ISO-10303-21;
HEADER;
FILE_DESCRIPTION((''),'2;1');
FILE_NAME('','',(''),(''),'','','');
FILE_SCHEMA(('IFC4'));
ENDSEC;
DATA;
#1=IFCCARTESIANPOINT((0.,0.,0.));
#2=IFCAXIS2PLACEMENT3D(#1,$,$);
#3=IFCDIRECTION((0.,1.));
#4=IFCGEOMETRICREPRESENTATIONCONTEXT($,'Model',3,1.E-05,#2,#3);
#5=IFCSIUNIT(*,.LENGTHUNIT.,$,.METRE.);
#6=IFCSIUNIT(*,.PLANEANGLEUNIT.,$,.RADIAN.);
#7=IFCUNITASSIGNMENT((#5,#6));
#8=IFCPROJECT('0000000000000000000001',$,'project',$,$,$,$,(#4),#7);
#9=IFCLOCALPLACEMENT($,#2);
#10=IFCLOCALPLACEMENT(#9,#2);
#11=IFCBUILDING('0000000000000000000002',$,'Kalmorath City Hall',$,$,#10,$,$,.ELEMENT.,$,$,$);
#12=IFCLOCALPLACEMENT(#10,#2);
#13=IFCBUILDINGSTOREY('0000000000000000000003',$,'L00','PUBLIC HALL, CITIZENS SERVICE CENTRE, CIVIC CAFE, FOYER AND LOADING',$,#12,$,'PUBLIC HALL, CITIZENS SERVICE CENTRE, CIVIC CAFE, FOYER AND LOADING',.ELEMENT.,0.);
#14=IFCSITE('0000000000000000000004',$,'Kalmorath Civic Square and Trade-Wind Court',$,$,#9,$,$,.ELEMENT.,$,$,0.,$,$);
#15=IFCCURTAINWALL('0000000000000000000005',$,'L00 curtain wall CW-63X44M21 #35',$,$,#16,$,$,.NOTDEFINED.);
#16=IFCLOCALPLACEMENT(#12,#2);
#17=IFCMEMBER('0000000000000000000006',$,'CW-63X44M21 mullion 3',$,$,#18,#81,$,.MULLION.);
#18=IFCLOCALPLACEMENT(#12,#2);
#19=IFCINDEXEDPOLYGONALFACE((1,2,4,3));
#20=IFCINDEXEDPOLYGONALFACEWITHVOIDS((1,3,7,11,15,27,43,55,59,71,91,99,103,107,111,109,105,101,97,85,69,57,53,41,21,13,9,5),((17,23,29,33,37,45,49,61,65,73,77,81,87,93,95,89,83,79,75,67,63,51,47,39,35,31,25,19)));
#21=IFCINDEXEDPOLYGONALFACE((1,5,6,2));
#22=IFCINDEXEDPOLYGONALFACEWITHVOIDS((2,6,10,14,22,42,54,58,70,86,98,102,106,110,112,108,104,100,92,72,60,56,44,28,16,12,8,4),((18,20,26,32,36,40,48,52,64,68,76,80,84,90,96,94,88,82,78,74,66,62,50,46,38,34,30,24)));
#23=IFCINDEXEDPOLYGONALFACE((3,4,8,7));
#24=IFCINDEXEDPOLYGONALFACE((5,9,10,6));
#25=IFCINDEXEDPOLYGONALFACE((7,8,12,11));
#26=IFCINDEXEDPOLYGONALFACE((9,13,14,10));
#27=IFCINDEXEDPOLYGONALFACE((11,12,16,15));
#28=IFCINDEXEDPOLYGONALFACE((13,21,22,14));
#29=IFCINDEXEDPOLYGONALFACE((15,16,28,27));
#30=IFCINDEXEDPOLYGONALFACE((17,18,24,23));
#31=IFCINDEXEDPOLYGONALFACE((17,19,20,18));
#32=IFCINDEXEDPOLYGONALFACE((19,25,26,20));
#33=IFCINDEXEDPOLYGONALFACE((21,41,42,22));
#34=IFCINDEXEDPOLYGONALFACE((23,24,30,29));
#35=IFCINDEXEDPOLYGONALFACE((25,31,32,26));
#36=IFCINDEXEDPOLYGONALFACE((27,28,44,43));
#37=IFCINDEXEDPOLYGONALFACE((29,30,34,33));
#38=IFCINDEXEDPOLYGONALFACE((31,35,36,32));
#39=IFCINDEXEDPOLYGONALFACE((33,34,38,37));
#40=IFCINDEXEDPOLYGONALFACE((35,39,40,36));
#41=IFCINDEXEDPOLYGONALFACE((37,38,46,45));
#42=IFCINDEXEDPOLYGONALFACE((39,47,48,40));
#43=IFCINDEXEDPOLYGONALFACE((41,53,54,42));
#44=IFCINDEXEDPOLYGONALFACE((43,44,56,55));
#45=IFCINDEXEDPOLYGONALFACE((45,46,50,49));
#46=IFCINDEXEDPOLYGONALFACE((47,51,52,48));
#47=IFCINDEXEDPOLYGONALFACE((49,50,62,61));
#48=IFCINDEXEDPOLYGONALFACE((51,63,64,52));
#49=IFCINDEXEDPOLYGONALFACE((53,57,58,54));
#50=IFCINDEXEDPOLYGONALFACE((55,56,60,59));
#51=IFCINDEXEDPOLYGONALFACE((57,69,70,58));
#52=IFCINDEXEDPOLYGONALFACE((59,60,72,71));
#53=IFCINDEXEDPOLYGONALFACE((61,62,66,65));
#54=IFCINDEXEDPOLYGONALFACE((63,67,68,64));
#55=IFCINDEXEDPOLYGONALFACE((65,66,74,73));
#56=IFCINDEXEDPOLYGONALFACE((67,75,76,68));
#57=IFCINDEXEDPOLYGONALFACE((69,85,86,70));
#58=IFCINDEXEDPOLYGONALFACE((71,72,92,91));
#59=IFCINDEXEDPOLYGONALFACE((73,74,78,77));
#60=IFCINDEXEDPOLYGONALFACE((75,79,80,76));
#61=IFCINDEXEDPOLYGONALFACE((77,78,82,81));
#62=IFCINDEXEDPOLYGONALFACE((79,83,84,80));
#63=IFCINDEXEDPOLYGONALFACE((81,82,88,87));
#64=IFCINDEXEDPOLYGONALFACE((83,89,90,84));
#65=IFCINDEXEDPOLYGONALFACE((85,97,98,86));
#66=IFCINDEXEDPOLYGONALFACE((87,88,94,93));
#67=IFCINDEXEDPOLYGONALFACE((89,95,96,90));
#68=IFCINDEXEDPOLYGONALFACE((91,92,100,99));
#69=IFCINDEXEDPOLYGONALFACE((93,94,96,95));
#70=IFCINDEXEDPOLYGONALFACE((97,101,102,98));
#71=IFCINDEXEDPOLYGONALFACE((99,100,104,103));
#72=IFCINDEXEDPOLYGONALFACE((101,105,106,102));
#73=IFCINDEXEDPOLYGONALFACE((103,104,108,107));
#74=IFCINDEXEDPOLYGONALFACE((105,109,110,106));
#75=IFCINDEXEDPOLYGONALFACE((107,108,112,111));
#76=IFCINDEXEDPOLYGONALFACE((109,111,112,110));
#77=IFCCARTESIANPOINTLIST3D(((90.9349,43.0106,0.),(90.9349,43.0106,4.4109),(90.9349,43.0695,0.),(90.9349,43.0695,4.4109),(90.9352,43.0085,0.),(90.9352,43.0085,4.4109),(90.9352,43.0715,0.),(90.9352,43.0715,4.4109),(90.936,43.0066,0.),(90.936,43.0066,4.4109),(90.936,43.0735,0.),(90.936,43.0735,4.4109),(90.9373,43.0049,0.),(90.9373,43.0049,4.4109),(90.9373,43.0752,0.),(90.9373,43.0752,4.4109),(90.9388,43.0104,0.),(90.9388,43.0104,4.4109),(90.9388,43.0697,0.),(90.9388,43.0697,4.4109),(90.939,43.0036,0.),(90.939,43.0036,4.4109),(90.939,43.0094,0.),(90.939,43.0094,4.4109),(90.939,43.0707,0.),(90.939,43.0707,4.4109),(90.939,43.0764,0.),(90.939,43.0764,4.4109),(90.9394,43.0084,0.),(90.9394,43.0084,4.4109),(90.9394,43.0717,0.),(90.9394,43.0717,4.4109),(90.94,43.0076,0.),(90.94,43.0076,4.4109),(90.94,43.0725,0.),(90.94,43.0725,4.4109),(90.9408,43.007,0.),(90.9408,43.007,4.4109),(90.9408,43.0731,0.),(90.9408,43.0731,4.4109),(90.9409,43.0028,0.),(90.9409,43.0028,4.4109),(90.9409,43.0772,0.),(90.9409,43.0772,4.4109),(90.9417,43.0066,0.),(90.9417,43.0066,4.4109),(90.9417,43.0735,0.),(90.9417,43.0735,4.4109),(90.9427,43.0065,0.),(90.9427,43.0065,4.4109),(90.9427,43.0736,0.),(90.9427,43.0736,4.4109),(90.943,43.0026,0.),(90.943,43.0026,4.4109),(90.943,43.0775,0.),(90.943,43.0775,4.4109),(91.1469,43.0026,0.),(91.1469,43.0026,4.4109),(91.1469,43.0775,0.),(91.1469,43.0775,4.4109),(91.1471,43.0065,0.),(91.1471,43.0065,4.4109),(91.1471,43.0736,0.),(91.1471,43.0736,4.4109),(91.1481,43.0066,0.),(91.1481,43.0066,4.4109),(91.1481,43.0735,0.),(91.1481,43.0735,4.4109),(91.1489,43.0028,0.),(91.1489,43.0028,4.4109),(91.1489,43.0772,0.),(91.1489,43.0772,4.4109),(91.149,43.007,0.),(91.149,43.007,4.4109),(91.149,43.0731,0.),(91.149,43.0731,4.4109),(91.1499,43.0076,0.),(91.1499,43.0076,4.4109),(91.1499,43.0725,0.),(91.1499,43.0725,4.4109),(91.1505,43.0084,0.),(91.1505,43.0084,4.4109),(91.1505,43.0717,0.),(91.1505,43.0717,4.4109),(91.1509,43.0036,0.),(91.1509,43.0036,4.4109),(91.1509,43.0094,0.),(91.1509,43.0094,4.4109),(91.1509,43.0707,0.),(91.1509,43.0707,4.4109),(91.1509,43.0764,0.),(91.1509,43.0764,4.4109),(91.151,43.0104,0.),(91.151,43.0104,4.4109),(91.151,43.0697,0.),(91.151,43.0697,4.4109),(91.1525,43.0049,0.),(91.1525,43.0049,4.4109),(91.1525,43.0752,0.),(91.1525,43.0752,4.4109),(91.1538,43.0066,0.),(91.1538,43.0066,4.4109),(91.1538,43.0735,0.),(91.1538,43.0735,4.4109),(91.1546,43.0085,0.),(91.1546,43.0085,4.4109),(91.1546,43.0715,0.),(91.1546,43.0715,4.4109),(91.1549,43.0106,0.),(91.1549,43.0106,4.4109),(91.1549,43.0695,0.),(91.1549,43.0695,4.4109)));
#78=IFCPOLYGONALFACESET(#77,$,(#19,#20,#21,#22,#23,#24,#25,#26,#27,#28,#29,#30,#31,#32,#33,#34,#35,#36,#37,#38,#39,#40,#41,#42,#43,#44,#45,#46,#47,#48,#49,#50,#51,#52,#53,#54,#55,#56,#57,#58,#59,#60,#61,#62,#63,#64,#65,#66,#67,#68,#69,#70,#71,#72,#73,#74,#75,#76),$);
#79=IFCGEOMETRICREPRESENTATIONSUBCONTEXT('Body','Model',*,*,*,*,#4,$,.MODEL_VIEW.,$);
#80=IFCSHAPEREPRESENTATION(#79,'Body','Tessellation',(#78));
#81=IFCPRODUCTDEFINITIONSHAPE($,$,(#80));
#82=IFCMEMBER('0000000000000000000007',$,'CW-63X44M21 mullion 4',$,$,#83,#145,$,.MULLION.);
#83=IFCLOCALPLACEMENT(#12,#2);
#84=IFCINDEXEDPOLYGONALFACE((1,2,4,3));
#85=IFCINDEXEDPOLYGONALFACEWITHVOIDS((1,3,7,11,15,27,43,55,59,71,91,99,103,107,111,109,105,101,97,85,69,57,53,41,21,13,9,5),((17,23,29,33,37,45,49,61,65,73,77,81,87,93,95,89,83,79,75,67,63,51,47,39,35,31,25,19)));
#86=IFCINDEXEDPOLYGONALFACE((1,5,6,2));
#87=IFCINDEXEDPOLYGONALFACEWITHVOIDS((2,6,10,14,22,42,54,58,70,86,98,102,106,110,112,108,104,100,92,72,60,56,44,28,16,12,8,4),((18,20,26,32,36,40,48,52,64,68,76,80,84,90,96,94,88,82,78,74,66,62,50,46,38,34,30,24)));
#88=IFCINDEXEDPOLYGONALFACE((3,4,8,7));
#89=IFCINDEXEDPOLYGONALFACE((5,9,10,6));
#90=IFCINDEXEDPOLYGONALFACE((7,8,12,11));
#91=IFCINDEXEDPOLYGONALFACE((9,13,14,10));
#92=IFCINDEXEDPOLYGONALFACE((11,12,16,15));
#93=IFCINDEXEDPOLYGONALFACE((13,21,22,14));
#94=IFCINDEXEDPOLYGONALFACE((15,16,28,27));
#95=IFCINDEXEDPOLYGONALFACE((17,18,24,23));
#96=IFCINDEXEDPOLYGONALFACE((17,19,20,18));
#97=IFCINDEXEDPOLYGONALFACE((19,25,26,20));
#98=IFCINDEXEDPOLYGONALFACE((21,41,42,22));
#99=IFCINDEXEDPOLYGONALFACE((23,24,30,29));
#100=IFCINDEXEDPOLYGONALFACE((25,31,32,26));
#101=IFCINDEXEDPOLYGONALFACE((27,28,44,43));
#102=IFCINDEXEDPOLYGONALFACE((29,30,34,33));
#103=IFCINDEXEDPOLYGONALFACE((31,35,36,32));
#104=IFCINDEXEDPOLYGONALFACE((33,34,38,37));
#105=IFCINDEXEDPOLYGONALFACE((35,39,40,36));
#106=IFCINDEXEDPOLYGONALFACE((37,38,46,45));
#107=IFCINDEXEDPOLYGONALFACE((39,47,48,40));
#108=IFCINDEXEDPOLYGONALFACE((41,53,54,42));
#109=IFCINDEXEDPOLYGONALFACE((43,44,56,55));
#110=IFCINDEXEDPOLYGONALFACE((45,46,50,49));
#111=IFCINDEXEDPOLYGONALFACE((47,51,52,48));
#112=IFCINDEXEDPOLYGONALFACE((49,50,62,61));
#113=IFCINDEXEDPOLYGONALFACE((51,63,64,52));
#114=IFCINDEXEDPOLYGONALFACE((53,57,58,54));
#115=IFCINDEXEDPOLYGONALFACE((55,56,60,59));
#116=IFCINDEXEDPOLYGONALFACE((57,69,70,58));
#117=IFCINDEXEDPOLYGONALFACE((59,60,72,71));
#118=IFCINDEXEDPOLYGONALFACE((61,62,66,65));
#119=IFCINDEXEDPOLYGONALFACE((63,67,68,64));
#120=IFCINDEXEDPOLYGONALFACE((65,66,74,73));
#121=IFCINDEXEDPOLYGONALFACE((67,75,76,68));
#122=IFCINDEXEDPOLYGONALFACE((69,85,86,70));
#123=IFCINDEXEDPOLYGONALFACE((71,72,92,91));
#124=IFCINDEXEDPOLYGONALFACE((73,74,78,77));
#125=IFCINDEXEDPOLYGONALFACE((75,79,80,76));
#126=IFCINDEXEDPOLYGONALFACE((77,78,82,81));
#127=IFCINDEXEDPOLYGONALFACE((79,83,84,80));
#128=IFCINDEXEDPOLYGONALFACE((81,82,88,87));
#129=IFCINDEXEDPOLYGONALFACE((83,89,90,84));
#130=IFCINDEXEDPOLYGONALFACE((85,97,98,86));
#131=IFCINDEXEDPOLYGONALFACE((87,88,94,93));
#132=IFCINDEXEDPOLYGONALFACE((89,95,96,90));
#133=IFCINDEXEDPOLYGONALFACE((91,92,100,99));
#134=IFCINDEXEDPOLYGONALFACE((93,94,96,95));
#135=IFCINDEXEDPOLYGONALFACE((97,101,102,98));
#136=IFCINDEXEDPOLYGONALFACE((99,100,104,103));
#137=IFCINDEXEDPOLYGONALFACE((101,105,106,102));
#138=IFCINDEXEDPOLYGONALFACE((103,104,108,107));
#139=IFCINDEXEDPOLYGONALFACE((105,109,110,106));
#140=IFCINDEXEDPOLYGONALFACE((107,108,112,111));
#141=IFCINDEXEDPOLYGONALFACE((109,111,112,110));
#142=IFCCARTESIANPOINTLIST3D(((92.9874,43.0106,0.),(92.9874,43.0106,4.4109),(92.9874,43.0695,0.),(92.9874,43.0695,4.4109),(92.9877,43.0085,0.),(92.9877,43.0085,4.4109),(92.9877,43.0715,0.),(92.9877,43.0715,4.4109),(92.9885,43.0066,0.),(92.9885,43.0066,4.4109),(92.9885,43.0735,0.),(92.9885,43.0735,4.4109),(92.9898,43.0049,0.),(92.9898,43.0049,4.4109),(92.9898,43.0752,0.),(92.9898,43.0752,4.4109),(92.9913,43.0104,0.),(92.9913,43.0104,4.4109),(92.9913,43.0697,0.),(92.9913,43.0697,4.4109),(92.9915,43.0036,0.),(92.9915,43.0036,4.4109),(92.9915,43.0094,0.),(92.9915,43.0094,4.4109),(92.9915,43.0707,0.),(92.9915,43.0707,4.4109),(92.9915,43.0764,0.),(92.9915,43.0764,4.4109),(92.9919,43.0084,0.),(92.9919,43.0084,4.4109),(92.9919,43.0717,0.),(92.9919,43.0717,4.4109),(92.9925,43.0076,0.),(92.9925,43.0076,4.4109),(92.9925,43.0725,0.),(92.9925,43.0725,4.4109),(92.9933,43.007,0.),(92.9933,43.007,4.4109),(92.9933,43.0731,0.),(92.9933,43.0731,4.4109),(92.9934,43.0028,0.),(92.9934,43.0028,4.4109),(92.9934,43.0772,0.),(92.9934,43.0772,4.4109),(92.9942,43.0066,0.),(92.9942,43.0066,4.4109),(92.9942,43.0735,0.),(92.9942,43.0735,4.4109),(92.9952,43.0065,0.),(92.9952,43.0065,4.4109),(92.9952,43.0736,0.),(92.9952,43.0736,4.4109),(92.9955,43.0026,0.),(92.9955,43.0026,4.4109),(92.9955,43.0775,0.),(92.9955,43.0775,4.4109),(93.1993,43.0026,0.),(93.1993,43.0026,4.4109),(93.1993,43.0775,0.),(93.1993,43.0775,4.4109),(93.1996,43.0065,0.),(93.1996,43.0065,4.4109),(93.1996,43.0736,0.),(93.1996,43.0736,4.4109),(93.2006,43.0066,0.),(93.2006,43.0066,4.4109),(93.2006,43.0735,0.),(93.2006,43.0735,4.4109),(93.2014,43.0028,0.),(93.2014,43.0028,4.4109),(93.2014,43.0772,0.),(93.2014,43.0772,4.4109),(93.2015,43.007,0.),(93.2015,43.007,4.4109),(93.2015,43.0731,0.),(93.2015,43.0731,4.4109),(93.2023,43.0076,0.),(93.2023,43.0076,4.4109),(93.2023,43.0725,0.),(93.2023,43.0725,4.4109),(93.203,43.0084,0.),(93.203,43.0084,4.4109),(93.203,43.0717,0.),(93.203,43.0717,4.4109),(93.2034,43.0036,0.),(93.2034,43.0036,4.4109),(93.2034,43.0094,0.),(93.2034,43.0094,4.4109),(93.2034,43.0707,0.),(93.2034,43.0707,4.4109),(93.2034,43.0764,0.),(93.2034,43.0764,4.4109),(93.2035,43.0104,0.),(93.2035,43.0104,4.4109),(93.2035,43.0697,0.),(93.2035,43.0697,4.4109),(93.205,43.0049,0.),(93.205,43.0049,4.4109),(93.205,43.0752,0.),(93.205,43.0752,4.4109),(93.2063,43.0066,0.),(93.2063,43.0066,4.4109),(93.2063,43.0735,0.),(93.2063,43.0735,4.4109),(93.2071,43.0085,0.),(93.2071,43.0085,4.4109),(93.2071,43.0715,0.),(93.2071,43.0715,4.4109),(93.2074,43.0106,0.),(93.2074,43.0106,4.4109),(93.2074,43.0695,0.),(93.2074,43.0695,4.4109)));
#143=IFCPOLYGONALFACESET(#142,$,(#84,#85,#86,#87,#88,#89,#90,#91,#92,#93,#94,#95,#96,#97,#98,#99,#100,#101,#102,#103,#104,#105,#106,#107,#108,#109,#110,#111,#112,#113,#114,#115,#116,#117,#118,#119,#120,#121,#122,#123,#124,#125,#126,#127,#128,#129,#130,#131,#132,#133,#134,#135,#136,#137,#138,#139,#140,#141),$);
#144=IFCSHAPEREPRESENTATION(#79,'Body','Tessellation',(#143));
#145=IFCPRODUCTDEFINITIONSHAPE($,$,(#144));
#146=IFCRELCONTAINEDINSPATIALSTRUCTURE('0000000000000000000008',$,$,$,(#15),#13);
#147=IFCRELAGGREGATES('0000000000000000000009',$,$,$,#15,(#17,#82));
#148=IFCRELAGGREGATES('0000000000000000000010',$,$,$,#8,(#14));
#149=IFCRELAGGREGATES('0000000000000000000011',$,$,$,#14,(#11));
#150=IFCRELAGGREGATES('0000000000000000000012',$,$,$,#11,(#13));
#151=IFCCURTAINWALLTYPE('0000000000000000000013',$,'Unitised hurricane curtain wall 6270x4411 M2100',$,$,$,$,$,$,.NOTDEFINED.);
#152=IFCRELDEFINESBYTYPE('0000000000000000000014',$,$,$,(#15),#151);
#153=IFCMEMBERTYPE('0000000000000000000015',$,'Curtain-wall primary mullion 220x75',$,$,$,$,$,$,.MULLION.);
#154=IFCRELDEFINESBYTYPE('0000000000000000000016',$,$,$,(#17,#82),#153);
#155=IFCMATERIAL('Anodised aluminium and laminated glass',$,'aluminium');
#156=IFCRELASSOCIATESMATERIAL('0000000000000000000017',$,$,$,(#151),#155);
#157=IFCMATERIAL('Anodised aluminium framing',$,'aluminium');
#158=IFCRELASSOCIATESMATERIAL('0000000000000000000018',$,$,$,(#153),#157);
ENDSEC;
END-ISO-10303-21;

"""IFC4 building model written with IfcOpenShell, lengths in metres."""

from ifc_helpers import new_model, si_unit, direction, frame, origin, origin_2d, place, context, subcontext, project, spatial, hollow_rectangle, extrude, material, material_profile, profile_set, type_object, element, aggregate, save


model = new_model("IFC4")

# Units and contexts
model_context = context("Model", 3, precision=1e-05, world=origin(), true_north=direction((0.0, 1.0)))
body_context = subcontext(model_context, "Body", "Model", "MODEL_VIEW")
ifc_project = project(units=[si_unit("LENGTHUNIT", "METRE"), si_unit("PLANEANGLEUNIT", "RADIAN")], contexts=[model_context])

# Site, building, storey
site_placement = place(None, origin())
site = spatial("IfcSite", under=ifc_project, at=site_placement, Name="Kalmorath Civic Square and Trade-Wind Court", CompositionType="ELEMENT", RefElevation=0.0)
building_placement = place(site_placement, origin())
building = spatial("IfcBuilding", under=site, at=building_placement, Name="Kalmorath City Hall", CompositionType="ELEMENT")
storey_placement = place(building_placement, origin())
storey = spatial("IfcBuildingStorey", under=building, at=storey_placement, Name="L00", Description="PUBLIC HALL, CITIZENS SERVICE CENTRE, CIVIC CAFE, FOYER AND LOADING", LongName="PUBLIC HALL, CITIZENS SERVICE CENTRE, CIVIC CAFE, FOYER AND LOADING", CompositionType="ELEMENT", Elevation=0.0)

# Curtain wall, members
ifc_material_1 = material(Name="Anodised aluminium and laminated glass", Category="aluminium")
curtain_wall_type_1 = type_object("IfcCurtainWallType", Name="Unitised hurricane curtain wall 6270x4411 M2100", PredefinedType="NOTDEFINED", material=ifc_material_1)
curtain_wall_1_placement = place(storey_placement, origin())
curtain_wall_1 = element("IfcCurtainWall", 1, at=curtain_wall_1_placement, inside=storey, type_object=curtain_wall_type_1, Name="L00 curtain wall CW-63X44M21 #35", PredefinedType="NOTDEFINED")
ifc_material_2 = material(Name="Anodised aluminium framing", Category="aluminium")
ifc_material_profile_1 = material_profile(ifc_material_2, hollow_rectangle(XDim=0.075, YDim=0.22, WallThickness=0.0039, InnerFilletRadius=0.0039, OuterFilletRadius=0.0081, at=origin_2d()), Name="ALU-MUL-220X75X4")
ifc_profile_set_1 = profile_set([ifc_material_profile_1], Name="Anodised aluminium framing")
member_type_1 = type_object("IfcMemberType", Name="Curtain-wall primary mullion 220x75", PredefinedType="MULLION", material=ifc_profile_set_1)
member_1_placement = place(storey_placement, frame((91.0449, 43.04, 0.0), z_axis=(0.0, 0.0, 1.0), x_axis=(0.0, 1.0, 0.0)))
member_1 = element("IfcMember", 2, at=member_1_placement, type_object=member_type_1, Name="CW-63X44M21 mullion 3", PredefinedType="MULLION", context=body_context, shape_type="SweptSolid", body=[
    extrude(hollow_rectangle(XDim=0.075, YDim=0.22, WallThickness=0.0039, InnerFilletRadius=0.0039, OuterFilletRadius=0.0081, at=origin_2d()), origin(), (0.0, 0.0, 1.0), 4.4109),
])
member_2_placement = place(storey_placement, frame((93.0974, 43.04, 0.0), z_axis=(0.0, 0.0, 1.0), x_axis=(0.0, 1.0, 0.0)))
member_2 = element("IfcMember", 3, at=member_2_placement, type_object=member_type_1, Name="CW-63X44M21 mullion 4", PredefinedType="MULLION", context=body_context, shape_type="SweptSolid", body=[
    extrude(hollow_rectangle(XDim=0.075, YDim=0.22, WallThickness=0.0039, InnerFilletRadius=0.0039, OuterFilletRadius=0.0081, at=origin_2d()), origin(), (0.0, 0.0, 1.0), 4.4109),
])

aggregate(curtain_wall_1, [member_1, member_2])

save(model, "model.ifc")
